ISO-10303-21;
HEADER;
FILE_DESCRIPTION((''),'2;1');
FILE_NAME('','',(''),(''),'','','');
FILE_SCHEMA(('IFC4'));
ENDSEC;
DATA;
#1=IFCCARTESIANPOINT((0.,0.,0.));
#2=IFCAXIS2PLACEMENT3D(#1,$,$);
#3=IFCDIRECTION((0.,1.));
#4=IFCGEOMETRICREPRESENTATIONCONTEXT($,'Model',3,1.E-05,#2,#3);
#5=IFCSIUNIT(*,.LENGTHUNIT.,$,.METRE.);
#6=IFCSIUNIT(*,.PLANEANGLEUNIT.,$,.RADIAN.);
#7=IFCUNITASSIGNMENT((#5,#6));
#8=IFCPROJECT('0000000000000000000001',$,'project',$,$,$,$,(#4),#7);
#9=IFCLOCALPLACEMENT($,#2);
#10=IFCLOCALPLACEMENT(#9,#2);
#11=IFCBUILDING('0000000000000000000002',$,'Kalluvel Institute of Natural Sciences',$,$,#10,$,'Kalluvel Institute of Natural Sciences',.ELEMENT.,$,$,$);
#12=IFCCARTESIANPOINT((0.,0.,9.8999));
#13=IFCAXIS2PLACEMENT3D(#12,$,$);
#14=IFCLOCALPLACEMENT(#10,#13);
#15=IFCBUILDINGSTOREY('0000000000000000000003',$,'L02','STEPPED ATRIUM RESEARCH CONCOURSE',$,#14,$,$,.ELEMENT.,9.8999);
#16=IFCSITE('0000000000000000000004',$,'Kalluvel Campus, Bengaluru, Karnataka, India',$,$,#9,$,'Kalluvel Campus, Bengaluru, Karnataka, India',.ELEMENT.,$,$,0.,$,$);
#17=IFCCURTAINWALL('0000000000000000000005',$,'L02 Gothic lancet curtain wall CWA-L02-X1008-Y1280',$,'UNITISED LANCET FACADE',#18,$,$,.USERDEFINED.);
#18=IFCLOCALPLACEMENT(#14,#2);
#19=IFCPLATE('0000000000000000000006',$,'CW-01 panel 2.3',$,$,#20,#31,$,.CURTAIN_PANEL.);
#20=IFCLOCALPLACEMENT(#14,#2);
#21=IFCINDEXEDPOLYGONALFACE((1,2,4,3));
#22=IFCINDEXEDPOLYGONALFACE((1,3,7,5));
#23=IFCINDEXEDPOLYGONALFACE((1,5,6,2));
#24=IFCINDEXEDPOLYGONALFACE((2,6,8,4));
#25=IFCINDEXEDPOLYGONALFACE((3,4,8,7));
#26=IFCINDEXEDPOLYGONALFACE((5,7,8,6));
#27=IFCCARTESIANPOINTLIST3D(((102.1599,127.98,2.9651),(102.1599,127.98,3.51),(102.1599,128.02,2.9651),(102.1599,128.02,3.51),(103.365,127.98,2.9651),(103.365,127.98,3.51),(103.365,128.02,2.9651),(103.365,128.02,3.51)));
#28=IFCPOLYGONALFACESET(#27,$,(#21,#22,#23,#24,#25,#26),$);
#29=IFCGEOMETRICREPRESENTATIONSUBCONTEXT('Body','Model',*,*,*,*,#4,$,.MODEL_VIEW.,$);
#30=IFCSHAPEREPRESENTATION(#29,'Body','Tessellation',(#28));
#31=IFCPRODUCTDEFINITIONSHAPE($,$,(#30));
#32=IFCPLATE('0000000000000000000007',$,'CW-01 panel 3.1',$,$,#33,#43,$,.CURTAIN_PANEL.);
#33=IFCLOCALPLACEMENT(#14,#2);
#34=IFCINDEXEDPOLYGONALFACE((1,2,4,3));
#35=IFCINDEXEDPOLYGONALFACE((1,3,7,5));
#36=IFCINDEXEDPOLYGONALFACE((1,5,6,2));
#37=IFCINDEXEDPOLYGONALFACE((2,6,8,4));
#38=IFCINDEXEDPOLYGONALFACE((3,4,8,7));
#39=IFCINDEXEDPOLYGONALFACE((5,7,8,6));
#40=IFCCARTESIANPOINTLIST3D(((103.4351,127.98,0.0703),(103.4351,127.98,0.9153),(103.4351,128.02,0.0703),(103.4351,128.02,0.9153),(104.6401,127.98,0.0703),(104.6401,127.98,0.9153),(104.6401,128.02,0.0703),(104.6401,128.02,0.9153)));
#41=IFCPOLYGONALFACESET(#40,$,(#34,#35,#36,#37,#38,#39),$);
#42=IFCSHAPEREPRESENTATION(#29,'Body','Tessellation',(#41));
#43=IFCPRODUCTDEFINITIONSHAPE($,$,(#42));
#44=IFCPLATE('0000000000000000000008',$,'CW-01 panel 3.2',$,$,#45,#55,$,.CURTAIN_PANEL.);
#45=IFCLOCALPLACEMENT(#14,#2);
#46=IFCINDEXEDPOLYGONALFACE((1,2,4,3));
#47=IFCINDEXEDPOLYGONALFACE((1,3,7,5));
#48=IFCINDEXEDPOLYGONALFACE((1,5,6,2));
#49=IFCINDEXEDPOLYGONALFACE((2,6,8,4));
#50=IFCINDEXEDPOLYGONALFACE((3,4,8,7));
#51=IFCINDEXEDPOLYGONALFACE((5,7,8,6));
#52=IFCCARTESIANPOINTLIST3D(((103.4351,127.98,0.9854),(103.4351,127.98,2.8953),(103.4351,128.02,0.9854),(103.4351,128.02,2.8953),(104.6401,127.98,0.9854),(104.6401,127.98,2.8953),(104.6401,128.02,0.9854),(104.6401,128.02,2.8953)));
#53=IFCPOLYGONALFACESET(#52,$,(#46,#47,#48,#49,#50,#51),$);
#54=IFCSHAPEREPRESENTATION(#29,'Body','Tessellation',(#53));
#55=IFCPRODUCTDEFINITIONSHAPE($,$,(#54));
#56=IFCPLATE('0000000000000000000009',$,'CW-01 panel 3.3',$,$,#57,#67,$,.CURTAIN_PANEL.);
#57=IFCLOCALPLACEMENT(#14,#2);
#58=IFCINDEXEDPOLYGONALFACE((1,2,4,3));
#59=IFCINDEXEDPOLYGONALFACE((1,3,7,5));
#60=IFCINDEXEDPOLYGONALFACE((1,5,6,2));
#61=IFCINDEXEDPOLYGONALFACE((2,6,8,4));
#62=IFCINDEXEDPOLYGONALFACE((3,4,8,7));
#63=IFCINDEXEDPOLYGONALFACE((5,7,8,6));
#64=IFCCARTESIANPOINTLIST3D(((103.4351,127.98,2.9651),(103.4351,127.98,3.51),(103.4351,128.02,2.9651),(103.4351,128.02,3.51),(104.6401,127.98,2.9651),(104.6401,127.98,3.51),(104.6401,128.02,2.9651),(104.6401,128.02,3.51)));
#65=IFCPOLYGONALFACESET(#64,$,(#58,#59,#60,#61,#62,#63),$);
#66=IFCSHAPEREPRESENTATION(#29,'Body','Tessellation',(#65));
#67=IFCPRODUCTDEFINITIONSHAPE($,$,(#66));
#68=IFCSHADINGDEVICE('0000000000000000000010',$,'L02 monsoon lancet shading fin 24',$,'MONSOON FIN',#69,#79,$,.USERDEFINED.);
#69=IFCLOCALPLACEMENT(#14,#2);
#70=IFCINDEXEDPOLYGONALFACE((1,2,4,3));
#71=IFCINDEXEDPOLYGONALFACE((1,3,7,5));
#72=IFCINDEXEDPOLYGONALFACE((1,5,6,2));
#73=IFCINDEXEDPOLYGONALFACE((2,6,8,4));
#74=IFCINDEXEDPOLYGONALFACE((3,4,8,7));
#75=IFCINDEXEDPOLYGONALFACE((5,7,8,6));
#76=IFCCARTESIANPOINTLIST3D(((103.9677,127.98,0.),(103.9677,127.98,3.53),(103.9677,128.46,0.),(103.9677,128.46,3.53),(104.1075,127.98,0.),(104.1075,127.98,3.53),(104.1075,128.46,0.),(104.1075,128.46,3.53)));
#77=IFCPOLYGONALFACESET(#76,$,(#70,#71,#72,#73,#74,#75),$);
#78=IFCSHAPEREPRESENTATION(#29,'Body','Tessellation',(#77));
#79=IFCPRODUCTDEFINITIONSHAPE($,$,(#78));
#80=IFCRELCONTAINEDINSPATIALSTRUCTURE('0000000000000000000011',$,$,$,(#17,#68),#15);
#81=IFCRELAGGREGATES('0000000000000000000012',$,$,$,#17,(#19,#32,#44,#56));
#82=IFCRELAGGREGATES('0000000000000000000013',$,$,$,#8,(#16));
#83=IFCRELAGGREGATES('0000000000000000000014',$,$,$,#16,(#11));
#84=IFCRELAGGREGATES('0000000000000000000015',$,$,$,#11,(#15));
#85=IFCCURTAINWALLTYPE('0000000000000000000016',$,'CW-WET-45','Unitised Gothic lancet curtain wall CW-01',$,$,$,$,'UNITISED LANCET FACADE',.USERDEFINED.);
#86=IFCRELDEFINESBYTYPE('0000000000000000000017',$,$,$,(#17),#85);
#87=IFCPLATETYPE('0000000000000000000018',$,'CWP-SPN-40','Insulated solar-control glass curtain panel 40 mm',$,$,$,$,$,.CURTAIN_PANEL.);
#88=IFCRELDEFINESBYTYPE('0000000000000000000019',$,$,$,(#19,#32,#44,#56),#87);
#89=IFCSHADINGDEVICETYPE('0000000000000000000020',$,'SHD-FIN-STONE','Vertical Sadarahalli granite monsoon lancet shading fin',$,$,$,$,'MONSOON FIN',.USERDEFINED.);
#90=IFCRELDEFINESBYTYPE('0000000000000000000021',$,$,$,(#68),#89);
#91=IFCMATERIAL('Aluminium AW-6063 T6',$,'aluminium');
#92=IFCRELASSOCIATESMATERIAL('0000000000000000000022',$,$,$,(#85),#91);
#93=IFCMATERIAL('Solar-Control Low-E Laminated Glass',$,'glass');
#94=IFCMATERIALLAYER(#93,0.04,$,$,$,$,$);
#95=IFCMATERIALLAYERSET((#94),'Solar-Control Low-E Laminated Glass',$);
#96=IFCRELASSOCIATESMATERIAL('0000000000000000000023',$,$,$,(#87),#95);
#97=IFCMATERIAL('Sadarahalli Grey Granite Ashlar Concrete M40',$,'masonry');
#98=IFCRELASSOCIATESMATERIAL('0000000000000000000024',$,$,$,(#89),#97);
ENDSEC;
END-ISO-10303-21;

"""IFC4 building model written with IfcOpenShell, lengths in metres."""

from ifc_helpers import new_model, si_unit, direction, frame, origin, origin_2d, place, context, subcontext, project, spatial, rectangle, extrude, material, layer, layer_set, type_object, element, aggregate, save


model = new_model("IFC4")

# Units and contexts
model_context = context("Model", 3, precision=1e-05, world=origin(), true_north=direction((0.0, 1.0)))
body_context = subcontext(model_context, "Body", "Model", "MODEL_VIEW")
ifc_project = project(units=[si_unit("LENGTHUNIT", "METRE"), si_unit("PLANEANGLEUNIT", "RADIAN")], contexts=[model_context])

# Site, building, storey
site_placement = place(None, origin())
site = spatial("IfcSite", under=ifc_project, at=site_placement, Name="Kalluvel Campus, Bengaluru, Karnataka, India", LongName="Kalluvel Campus, Bengaluru, Karnataka, India", CompositionType="ELEMENT", RefElevation=0.0)
building_placement = place(site_placement, origin())
building = spatial("IfcBuilding", under=site, at=building_placement, Name="Kalluvel Institute of Natural Sciences", LongName="Kalluvel Institute of Natural Sciences", CompositionType="ELEMENT")
storey_placement = place(building_placement, frame((0.0, 0.0, 9.8999)))
storey = spatial("IfcBuildingStorey", under=building, at=storey_placement, Name="L02", Description="STEPPED ATRIUM RESEARCH CONCOURSE", CompositionType="ELEMENT", Elevation=9.8999)

# Curtain wall
ifc_material_1 = material(Name="Aluminium AW-6063 T6", Category="aluminium")
curtain_wall_type = type_object("IfcCurtainWallType", Name="CW-WET-45", Description="Unitised Gothic lancet curtain wall CW-01", ElementType="UNITISED LANCET FACADE", PredefinedType="USERDEFINED", material=ifc_material_1)
curtain_wall_placement = place(storey_placement, origin())
curtain_wall = element("IfcCurtainWall", 1, at=curtain_wall_placement, inside=storey, type_object=curtain_wall_type, Name="L02 Gothic lancet curtain wall CWA-L02-X1008-Y1280", ObjectType="UNITISED LANCET FACADE", PredefinedType="USERDEFINED")

# Plates
ifc_material_2 = material(Name="Solar-Control Low-E Laminated Glass", Category="glass")
ifc_layer = layer(ifc_material_2, 0.04)
ifc_layer_set = layer_set([ifc_layer], Name="Solar-Control Low-E Laminated Glass")
plate_type = type_object("IfcPlateType", Name="CWP-SPN-40", Description="Insulated solar-control glass curtain panel 40 mm", PredefinedType="CURTAIN_PANEL", material=ifc_layer_set)
plate_1_placement = place(storey_placement, frame((102.7625, 128.0, 2.9651), z_axis=(0.0, 0.0, 1.0), x_axis=(1.0, 0.0, 0.0)))
plate_1 = element("IfcPlate", 2, at=plate_1_placement, type_object=plate_type, Name="CW-01 panel 2.3", PredefinedType="CURTAIN_PANEL", context=body_context, shape_type="SweptSolid", body=[
    extrude(rectangle(XDim=1.2051, YDim=0.04, at=origin_2d()), origin(), (0.0, 0.0, 1.0), 0.5449),
])
plate_2_placement = place(storey_placement, frame((104.0376, 128.0, 0.0703), z_axis=(0.0, 0.0, 1.0), x_axis=(1.0, 0.0, 0.0)))
plate_2 = element("IfcPlate", 3, at=plate_2_placement, type_object=plate_type, Name="CW-01 panel 3.1", PredefinedType="CURTAIN_PANEL", context=body_context, shape_type="SweptSolid", body=[
    extrude(rectangle(XDim=1.2051, YDim=0.04, at=origin_2d()), origin(), (0.0, 0.0, 1.0), 0.845),
])
plate_3_placement = place(storey_placement, frame((104.0376, 128.0, 0.9854), z_axis=(0.0, 0.0, 1.0), x_axis=(1.0, 0.0, 0.0)))
plate_3 = element("IfcPlate", 4, at=plate_3_placement, type_object=plate_type, Name="CW-01 panel 3.2", PredefinedType="CURTAIN_PANEL", context=body_context, shape_type="SweptSolid", body=[
    extrude(rectangle(XDim=1.2051, YDim=0.04, at=origin_2d()), origin(), (0.0, 0.0, 1.0), 1.9099),
])
plate_4_placement = place(storey_placement, frame((104.0376, 128.0, 2.9651), z_axis=(0.0, 0.0, 1.0), x_axis=(1.0, 0.0, 0.0)))
plate_4 = element("IfcPlate", 5, at=plate_4_placement, type_object=plate_type, Name="CW-01 panel 3.3", PredefinedType="CURTAIN_PANEL", context=body_context, shape_type="SweptSolid", body=[
    extrude(rectangle(XDim=1.2051, YDim=0.04, at=origin_2d()), origin(), (0.0, 0.0, 1.0), 0.5449),
])
aggregate(curtain_wall, [plate_1, plate_2, plate_3, plate_4])

# Shading device
ifc_material_3 = material(Name="Sadarahalli Grey Granite Ashlar Concrete M40", Category="masonry")
shading_device_type = type_object("IfcShadingDeviceType", Name="SHD-FIN-STONE", Description="Vertical Sadarahalli granite monsoon lancet shading fin", ElementType="MONSOON FIN", PredefinedType="USERDEFINED", material=ifc_material_3)
shading_device_placement = place(storey_placement, frame((104.0376, 128.22, 0.0), z_axis=(0.0, 0.0, 1.0), x_axis=(1.0, 0.0, 0.0)))
element("IfcShadingDevice", 6, at=shading_device_placement, inside=storey, type_object=shading_device_type, Name="L02 monsoon lancet shading fin 24", ObjectType="MONSOON FIN", PredefinedType="USERDEFINED", context=body_context, shape_type="SweptSolid", body=[
    extrude(rectangle(XDim=0.1399, YDim=0.48, at=origin_2d()), origin(), (0.0, 0.0, 1.0), 3.53),
])

save(model, "model.ifc")
